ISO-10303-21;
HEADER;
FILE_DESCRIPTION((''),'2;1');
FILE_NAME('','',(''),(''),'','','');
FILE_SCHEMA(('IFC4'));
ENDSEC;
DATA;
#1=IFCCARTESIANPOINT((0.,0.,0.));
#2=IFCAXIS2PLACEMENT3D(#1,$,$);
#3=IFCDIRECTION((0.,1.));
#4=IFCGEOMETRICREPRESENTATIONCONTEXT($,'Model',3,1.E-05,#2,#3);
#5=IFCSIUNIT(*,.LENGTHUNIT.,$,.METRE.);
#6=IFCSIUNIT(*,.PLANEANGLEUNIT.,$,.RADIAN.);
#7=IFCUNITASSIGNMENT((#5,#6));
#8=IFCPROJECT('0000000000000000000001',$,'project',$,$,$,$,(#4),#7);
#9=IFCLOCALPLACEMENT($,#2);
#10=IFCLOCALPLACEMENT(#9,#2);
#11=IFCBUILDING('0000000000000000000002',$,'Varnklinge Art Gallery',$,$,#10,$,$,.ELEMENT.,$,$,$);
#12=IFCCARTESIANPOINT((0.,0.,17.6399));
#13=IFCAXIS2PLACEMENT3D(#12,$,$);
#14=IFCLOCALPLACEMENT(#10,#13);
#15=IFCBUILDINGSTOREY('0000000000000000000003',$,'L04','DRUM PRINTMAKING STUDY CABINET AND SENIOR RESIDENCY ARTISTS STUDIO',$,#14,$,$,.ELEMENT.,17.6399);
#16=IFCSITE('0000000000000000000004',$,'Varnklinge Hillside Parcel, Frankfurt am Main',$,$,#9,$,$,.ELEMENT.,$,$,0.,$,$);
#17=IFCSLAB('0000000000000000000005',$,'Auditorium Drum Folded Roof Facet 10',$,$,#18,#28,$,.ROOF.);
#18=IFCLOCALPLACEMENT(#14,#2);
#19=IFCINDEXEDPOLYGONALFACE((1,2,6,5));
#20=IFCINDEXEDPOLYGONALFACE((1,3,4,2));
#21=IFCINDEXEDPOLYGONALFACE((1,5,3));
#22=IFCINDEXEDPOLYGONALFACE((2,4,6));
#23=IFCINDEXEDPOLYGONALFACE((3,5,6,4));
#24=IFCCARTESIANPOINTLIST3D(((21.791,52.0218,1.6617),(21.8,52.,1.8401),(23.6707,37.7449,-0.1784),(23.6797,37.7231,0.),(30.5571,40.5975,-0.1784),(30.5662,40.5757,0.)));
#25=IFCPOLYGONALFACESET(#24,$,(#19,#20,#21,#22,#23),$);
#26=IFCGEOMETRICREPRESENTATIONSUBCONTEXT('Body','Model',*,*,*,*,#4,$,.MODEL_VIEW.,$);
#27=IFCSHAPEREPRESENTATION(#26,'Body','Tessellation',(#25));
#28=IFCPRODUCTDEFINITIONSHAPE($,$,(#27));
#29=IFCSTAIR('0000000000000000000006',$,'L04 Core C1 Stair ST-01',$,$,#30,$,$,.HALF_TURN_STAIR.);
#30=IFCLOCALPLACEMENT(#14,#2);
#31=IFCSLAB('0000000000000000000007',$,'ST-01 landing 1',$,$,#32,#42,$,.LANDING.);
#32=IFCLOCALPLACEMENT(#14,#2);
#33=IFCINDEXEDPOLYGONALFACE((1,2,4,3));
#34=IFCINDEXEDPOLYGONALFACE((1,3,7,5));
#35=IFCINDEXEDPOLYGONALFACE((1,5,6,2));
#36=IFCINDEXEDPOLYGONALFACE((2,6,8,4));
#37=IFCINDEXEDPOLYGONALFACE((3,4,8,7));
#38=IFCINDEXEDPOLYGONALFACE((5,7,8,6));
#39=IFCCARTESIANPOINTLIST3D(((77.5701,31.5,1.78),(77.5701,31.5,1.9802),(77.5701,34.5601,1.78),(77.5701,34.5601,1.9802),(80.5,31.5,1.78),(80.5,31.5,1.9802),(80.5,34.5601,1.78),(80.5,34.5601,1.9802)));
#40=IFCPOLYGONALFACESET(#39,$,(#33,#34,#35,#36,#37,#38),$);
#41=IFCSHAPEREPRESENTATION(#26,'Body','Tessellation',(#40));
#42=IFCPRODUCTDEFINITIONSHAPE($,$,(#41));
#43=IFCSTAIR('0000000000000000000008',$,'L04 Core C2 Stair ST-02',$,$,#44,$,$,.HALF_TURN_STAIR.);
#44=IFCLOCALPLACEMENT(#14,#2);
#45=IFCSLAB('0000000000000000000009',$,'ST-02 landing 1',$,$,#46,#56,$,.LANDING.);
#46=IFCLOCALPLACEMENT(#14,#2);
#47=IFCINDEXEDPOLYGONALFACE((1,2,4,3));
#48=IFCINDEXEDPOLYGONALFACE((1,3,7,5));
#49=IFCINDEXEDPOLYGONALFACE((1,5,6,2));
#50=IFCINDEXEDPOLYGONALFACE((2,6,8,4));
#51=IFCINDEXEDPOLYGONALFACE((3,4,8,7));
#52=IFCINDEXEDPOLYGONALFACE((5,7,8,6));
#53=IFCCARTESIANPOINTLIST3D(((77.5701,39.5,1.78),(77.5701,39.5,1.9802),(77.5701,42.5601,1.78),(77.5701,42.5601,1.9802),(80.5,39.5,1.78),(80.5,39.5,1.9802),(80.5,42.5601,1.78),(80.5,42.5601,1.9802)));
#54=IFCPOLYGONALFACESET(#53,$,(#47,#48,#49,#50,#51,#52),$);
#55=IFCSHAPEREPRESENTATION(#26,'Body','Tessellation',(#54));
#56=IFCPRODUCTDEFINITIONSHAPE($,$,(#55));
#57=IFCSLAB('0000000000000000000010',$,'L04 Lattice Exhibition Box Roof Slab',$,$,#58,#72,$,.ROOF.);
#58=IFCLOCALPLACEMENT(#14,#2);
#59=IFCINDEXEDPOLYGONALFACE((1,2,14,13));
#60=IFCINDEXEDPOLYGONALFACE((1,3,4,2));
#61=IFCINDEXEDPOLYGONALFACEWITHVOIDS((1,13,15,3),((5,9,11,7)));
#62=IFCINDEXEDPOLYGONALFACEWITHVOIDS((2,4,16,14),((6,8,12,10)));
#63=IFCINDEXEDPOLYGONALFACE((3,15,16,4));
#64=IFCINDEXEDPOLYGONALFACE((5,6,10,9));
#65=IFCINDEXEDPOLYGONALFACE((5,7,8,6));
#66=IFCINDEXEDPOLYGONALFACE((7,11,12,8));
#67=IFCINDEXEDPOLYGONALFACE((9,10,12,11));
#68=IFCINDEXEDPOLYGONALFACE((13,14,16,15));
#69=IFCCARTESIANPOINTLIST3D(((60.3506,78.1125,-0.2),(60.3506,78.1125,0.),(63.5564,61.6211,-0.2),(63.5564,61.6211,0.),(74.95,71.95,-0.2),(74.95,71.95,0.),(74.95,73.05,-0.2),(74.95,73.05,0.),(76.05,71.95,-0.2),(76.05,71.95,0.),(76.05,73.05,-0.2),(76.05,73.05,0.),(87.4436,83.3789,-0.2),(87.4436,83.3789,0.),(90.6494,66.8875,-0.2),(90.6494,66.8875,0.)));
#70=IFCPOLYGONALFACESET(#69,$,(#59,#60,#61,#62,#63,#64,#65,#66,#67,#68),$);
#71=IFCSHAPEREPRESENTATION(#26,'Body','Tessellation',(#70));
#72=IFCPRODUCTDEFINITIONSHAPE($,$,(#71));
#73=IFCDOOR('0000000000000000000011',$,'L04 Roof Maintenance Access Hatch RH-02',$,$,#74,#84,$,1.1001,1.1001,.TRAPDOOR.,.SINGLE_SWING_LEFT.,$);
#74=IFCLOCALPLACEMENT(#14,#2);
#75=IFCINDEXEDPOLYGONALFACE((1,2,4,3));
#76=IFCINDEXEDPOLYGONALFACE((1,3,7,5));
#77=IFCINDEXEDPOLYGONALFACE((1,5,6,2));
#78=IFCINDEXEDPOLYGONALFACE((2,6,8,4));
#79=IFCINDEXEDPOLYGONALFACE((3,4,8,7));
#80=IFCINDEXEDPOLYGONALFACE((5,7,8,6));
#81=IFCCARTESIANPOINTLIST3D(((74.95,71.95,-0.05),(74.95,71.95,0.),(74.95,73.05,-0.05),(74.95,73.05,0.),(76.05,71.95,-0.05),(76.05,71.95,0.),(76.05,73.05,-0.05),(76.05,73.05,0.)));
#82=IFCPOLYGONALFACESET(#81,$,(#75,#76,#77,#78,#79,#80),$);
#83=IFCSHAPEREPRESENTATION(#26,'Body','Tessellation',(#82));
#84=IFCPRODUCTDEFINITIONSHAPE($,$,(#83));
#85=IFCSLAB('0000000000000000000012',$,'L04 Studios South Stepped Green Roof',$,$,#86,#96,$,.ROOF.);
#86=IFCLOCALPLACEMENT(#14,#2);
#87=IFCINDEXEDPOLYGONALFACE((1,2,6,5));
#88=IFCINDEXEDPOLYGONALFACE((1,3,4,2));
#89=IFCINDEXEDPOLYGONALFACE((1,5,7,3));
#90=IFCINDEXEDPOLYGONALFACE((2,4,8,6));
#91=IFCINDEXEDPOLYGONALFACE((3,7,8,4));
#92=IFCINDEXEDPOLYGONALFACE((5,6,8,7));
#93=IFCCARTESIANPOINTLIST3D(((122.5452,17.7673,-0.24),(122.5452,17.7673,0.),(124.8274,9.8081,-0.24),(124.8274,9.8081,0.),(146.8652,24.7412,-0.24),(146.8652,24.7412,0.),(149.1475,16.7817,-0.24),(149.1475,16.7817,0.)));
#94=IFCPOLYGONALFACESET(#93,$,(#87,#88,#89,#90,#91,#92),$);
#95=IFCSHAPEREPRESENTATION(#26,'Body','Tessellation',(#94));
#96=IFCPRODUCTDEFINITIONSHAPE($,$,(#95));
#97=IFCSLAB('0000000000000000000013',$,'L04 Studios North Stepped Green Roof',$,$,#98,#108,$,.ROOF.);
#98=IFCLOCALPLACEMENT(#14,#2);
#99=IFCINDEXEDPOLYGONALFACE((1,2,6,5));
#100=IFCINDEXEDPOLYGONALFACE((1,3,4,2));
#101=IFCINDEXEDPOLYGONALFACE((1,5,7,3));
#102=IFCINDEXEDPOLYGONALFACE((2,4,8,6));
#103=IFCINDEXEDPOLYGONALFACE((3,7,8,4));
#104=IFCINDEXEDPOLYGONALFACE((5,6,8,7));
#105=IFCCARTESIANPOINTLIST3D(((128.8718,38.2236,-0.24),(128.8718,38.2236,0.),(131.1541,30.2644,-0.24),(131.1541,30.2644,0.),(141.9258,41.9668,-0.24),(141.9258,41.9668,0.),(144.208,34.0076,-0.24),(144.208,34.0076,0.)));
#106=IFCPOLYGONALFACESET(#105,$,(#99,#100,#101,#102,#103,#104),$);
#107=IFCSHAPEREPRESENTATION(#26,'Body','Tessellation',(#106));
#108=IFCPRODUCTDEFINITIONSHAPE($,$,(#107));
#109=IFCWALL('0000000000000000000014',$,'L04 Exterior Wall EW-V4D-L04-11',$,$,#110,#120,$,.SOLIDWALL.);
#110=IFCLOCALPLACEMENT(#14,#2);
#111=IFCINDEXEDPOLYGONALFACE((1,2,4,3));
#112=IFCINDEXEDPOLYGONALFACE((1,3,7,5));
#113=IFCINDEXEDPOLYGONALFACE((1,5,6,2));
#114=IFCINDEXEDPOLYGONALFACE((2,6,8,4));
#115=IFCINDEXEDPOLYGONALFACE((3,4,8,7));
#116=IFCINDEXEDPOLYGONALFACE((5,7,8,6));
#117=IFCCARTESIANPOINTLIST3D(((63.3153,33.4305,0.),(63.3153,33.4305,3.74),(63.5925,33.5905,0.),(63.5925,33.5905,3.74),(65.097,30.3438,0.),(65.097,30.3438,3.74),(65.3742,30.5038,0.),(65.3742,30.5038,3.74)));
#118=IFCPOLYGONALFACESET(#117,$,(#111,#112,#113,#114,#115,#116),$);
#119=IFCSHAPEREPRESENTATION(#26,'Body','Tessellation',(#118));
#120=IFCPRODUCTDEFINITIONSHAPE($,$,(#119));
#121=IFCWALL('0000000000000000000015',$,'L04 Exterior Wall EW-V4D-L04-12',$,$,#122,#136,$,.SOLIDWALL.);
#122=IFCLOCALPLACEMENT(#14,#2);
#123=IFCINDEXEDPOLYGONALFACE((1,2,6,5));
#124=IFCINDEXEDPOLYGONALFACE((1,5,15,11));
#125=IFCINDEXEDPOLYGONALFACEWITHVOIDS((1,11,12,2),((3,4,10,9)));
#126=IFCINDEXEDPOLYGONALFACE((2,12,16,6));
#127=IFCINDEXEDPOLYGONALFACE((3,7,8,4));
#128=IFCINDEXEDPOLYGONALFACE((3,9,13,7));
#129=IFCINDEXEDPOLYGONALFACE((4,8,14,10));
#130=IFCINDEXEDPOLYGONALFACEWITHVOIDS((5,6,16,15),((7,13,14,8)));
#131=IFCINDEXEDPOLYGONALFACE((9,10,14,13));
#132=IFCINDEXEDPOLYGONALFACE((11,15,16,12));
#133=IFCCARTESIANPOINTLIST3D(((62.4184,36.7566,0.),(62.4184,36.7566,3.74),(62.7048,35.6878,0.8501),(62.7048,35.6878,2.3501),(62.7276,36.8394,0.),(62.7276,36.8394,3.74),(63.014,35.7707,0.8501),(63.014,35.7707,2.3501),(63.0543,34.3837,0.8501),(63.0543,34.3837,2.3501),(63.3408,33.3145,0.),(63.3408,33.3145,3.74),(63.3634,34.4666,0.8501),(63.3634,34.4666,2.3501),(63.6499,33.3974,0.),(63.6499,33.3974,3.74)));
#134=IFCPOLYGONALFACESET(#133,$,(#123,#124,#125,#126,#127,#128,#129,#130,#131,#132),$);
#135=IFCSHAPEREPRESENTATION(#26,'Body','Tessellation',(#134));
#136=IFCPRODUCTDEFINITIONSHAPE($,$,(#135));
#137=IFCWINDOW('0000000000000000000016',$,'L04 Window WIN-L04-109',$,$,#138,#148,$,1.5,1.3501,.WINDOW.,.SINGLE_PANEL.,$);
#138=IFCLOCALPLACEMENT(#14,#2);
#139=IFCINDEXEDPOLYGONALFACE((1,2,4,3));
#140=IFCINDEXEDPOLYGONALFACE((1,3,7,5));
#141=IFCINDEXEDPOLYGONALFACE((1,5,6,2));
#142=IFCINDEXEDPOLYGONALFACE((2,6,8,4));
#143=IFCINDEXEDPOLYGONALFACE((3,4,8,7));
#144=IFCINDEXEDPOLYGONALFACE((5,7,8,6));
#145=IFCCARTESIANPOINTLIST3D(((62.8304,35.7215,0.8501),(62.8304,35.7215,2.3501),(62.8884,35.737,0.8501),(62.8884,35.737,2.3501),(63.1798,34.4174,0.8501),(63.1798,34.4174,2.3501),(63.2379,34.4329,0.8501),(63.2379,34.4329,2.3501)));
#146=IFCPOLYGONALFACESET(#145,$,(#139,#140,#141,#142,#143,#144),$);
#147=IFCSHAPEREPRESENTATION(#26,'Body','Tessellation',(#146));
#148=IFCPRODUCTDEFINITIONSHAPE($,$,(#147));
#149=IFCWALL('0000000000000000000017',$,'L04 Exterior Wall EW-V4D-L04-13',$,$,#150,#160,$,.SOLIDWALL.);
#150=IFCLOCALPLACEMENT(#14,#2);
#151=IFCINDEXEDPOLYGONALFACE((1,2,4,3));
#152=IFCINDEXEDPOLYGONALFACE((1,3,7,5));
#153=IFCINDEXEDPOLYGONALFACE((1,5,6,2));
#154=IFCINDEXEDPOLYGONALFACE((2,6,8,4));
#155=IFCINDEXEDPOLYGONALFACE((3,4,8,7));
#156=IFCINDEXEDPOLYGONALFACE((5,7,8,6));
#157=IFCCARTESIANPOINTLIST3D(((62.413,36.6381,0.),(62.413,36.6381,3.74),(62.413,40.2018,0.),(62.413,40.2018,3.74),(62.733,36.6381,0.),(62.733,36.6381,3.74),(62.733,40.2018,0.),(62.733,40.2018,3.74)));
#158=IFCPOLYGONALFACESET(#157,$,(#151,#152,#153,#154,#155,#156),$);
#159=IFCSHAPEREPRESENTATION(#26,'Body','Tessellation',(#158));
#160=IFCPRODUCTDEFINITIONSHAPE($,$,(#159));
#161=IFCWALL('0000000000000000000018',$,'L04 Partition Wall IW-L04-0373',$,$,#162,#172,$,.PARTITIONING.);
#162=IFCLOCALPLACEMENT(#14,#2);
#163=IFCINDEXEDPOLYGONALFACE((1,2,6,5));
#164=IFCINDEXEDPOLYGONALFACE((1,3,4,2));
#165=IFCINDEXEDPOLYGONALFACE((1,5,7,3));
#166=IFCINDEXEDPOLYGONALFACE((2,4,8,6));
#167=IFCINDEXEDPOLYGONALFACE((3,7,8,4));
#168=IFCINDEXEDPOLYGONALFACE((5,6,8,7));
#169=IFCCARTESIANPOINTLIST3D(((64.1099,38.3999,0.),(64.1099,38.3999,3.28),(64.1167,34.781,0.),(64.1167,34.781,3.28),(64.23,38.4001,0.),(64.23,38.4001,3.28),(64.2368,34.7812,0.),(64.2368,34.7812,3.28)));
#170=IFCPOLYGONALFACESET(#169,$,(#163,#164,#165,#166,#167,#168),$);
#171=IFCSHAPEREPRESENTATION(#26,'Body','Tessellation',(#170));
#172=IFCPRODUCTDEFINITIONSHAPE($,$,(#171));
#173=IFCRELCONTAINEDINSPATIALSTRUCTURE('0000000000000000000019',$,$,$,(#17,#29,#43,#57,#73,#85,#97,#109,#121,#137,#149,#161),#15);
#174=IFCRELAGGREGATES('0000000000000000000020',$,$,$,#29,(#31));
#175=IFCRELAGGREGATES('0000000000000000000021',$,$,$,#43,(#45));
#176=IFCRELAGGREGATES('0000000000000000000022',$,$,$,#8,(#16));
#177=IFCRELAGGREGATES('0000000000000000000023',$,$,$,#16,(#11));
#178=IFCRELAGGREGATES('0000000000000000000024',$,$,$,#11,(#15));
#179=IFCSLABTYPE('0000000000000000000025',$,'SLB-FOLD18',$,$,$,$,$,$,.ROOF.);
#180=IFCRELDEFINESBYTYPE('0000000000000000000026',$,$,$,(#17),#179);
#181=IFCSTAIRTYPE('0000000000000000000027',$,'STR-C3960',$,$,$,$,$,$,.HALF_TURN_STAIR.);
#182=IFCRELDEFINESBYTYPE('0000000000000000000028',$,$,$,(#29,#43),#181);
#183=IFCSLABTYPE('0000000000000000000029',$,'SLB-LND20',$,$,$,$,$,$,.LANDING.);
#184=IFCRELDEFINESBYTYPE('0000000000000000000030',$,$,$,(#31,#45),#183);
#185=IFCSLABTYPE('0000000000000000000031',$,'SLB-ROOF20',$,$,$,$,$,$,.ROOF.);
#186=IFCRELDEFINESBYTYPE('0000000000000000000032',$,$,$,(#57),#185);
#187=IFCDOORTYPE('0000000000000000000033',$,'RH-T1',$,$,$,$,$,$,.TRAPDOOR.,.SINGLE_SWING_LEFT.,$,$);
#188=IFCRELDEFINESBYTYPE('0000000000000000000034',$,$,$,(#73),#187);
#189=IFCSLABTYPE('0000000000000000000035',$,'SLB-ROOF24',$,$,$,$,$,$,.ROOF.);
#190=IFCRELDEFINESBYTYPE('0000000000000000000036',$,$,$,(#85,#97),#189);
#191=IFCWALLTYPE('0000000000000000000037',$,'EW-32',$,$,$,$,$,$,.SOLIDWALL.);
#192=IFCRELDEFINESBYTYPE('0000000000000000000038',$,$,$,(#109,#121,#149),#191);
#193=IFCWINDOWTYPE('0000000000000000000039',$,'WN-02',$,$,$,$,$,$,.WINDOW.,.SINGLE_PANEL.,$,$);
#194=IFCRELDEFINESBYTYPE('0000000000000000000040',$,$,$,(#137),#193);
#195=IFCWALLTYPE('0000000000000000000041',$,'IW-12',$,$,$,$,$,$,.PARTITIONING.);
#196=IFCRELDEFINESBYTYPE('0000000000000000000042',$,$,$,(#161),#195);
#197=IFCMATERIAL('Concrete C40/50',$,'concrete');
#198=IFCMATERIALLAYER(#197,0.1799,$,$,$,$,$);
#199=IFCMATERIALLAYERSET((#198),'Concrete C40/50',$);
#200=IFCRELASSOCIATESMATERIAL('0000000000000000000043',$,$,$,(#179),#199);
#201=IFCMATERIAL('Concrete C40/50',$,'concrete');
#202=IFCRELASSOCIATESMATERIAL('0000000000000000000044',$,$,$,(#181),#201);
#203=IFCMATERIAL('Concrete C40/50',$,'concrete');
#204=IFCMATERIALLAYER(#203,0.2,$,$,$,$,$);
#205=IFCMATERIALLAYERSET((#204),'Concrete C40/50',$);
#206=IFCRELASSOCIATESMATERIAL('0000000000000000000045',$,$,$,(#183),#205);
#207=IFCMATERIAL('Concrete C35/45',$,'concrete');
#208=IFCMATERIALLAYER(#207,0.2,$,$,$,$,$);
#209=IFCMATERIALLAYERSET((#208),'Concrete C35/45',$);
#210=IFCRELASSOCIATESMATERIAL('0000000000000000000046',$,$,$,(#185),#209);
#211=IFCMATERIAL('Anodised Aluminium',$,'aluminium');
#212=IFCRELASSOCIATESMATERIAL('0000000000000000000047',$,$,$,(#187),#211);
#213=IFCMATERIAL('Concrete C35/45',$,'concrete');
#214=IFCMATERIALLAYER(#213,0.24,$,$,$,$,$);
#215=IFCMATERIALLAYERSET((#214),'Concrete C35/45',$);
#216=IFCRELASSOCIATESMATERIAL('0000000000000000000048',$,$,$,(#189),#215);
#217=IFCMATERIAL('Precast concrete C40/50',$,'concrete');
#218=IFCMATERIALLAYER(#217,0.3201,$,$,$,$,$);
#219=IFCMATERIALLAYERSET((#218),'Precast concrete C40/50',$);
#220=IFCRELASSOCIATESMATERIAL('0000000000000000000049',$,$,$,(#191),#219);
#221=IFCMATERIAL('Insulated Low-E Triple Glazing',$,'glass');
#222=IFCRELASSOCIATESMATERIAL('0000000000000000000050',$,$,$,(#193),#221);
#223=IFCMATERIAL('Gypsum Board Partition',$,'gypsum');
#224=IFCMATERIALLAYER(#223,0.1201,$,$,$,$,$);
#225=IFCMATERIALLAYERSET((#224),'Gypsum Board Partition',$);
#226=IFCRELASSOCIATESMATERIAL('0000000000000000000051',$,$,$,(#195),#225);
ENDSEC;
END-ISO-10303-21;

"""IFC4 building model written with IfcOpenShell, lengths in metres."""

from ifc_helpers import new_model, si_unit, direction, frame, frame_2d, origin, origin_2d, place, context, subcontext, project, spatial, polyline, rectangle, outline, extrude, material, layer, layer_set, type_object, element, fill, aggregate, save


model = new_model("IFC4")

# Units and contexts
model_context = context("Model", 3, precision=1e-05, world=origin(), true_north=direction((0.0, 1.0)))
body_context = subcontext(model_context, "Body", "Model", "MODEL_VIEW")
ifc_project = project(units=[si_unit("LENGTHUNIT", "METRE"), si_unit("PLANEANGLEUNIT", "RADIAN")], contexts=[model_context])

# Site, building, storey
site_placement = place(None, origin())
site = spatial("IfcSite", under=ifc_project, at=site_placement, Name="Varnklinge Hillside Parcel, Frankfurt am Main", CompositionType="ELEMENT", RefElevation=0.0)
building_placement = place(site_placement, origin())
building = spatial("IfcBuilding", under=site, at=building_placement, Name="Varnklinge Art Gallery", CompositionType="ELEMENT")
storey_placement = place(building_placement, frame((0.0, 0.0, 17.6399)))
storey = spatial("IfcBuildingStorey", under=building, at=storey_placement, Name="L04", Description="DRUM PRINTMAKING STUDY CABINET AND SENIOR RESIDENCY ARTISTS STUDIO", CompositionType="ELEMENT", Elevation=17.6399)

# Slab
ifc_material_1 = material(Name="Concrete C40/50", Category="concrete")
ifc_layer_1 = layer(ifc_material_1, 0.1799)
ifc_layer_set_1 = layer_set([ifc_layer_1], Name="Concrete C40/50")
slab_type_1 = type_object("IfcSlabType", Name="SLB-FOLD18", PredefinedType="ROOF", material=ifc_layer_set_1)
slab_1_placement = place(storey_placement, frame((23.6797, 37.7231, 0.0), z_axis=(0.050189, -0.121165, 0.991363), x_axis=(0.923876, 0.382691, 0.0)))
element("IfcSlab", 1, at=slab_1_placement, inside=storey, type_object=slab_type_1, Name="Auditorium Drum Folded Roof Facet 10", PredefinedType="ROOF", context=body_context, shape_type="SweptSolid", body=[
    extrude(outline(polyline([(0.0, 0.0), (7.4539, 0.0), (3.7271, 14.0306), (0.0, 0.0)])), origin(), (0.0, 0.0, -1.0), 0.1799),
])

# Stairs, slabs
ifc_material_2 = material(Name="Concrete C40/50", Category="concrete")
stair_type = type_object("IfcStairType", Name="STR-C3960", PredefinedType="HALF_TURN_STAIR", material=ifc_material_2)
stair_1_placement = place(storey_placement, origin())
stair_1 = element("IfcStair", 2, at=stair_1_placement, inside=storey, type_object=stair_type, Name="L04 Core C1 Stair ST-01", PredefinedType="HALF_TURN_STAIR")
ifc_material_3 = material(Name="Concrete C40/50", Category="concrete")
ifc_layer_2 = layer(ifc_material_3, 0.2)
ifc_layer_set_2 = layer_set([ifc_layer_2], Name="Concrete C40/50")
slab_type_2 = type_object("IfcSlabType", Name="SLB-LND20", PredefinedType="LANDING", material=ifc_layer_set_2)
slab_2_placement = place(storey_placement, frame((0.0, 0.0, 1.78)))
slab_2 = element("IfcSlab", 3, at=slab_2_placement, type_object=slab_type_2, Name="ST-01 landing 1", PredefinedType="LANDING", context=body_context, shape_type="SweptSolid", body=[
    extrude(outline(polyline([(77.5701, 31.5), (80.5, 31.5), (80.5, 34.5601), (77.5701, 34.5601), (77.5701, 31.5)])), origin(), (0.0, 0.0, 1.0), 0.2002),
])
aggregate(stair_1, [slab_2])
stair_2_placement = place(storey_placement, origin())
stair_2 = element("IfcStair", 4, at=stair_2_placement, inside=storey, type_object=stair_type, Name="L04 Core C2 Stair ST-02", PredefinedType="HALF_TURN_STAIR")
slab_3_placement = place(storey_placement, frame((0.0, 0.0, 1.78)))
slab_3 = element("IfcSlab", 5, at=slab_3_placement, type_object=slab_type_2, Name="ST-02 landing 1", PredefinedType="LANDING", context=body_context, shape_type="SweptSolid", body=[
    extrude(outline(polyline([(77.5701, 39.5), (80.5, 39.5), (80.5, 42.5601), (77.5701, 42.5601), (77.5701, 39.5)])), origin(), (0.0, 0.0, 1.0), 0.2002),
])
aggregate(stair_2, [slab_3])

# Slab, opening, door
ifc_material_4 = material(Name="Concrete C35/45", Category="concrete")
ifc_layer_3 = layer(ifc_material_4, 0.2)
ifc_layer_set_3 = layer_set([ifc_layer_3], Name="Concrete C35/45")
slab_type_3 = type_object("IfcSlabType", Name="SLB-ROOF20", PredefinedType="ROOF", material=ifc_layer_set_3)
slab_4_placement = place(storey_placement, frame((0.0, 0.0, -0.2)))
slab_4 = element("IfcSlab", 6, at=slab_4_placement, inside=storey, type_object=slab_type_3, Name="L04 Lattice Exhibition Box Roof Slab", PredefinedType="ROOF", context=body_context, shape_type="SweptSolid", body=[
    extrude(outline(polyline([(63.5564, 61.6211), (90.6494, 66.8875), (87.4436, 83.3789), (60.3506, 78.1125), (63.5564, 61.6211)]), holes=[polyline([(74.95, 71.95), (74.95, 73.05), (76.05, 73.05), (76.05, 71.95), (74.95, 71.95)])]), origin(), (0.0, 0.0, 1.0), 0.2),
])
opening_1_placement = place(slab_4_placement, frame((75.5, 72.5, 0.0)))
opening_1 = element("IfcOpeningElement", 7, at=opening_1_placement, cuts=slab_4, PredefinedType="OPENING", context=body_context, shape_type="SweptSolid", body=[
    extrude(rectangle(XDim=1.1001, YDim=1.1001, at=origin_2d()), origin(), (0.0, 0.0, 1.0), 0.2),
])
ifc_material_5 = material(Name="Anodised Aluminium", Category="aluminium")
door_type = type_object("IfcDoorType", Name="RH-T1", OperationType="SINGLE_SWING_LEFT", PredefinedType="TRAPDOOR", material=ifc_material_5)
door_placement = place(opening_1_placement, frame((0.0, 0.0, 0.1499)))
door = element("IfcDoor", 8, at=door_placement, inside=storey, type_object=door_type, Name="L04 Roof Maintenance Access Hatch RH-02", OperationType="SINGLE_SWING_LEFT", OverallHeight=1.1001, OverallWidth=1.1001, PredefinedType="TRAPDOOR", context=body_context, shape_type="SweptSolid", body=[
    extrude(rectangle(XDim=1.1001, YDim=1.1001, at=origin_2d()), origin(), (0.0, 0.0, 1.0), 0.05),
])
fill(opening_1, door)

# Slabs
ifc_material_6 = material(Name="Concrete C35/45", Category="concrete")
ifc_layer_4 = layer(ifc_material_6, 0.24)
ifc_layer_set_4 = layer_set([ifc_layer_4], Name="Concrete C35/45")
slab_type_4 = type_object("IfcSlabType", Name="SLB-ROOF24", PredefinedType="ROOF", material=ifc_layer_set_4)
slab_5_placement = place(storey_placement, frame((0.0, 0.0, -0.24)))
element("IfcSlab", 9, at=slab_5_placement, inside=storey, type_object=slab_type_4, Name="L04 Studios South Stepped Green Roof", PredefinedType="ROOF", context=body_context, shape_type="SweptSolid", body=[
    extrude(outline(polyline([(149.1475, 16.7817), (146.8652, 24.7412), (122.5452, 17.7673), (124.8274, 9.8081), (149.1475, 16.7817)])), origin(), (0.0, 0.0, 1.0), 0.24),
])
slab_6_placement = place(storey_placement, frame((0.0, 0.0, -0.24)))
element("IfcSlab", 10, at=slab_6_placement, inside=storey, type_object=slab_type_4, Name="L04 Studios North Stepped Green Roof", PredefinedType="ROOF", context=body_context, shape_type="SweptSolid", body=[
    extrude(outline(polyline([(144.208, 34.0076), (141.9258, 41.9668), (128.8718, 38.2236), (131.1541, 30.2644), (144.208, 34.0076)])), origin(), (0.0, 0.0, 1.0), 0.24),
])

# Wall
ifc_material_7 = material(Name="Precast concrete C40/50", Category="concrete")
ifc_layer_5 = layer(ifc_material_7, 0.3201)
ifc_layer_set_5 = layer_set([ifc_layer_5], Name="Precast concrete C40/50")
wall_type_1 = type_object("IfcWallType", Name="EW-32", PredefinedType="SOLIDWALL", material=ifc_layer_set_5)
wall_1_placement = place(storey_placement, frame((65.2356, 30.4238, 0.0), z_axis=(0.0, 0.0, 1.0), x_axis=(-0.499926, 0.866068, 0.0)))
element("IfcWall", 11, at=wall_1_placement, inside=storey, type_object=wall_type_1, Name="L04 Exterior Wall EW-V4D-L04-11", PredefinedType="SOLIDWALL", context=body_context, shape_type="SweptSolid", body=[
    extrude(rectangle(XDim=3.564, YDim=0.3201, at=frame_2d((1.782, 0.0))), origin(), (0.0, 0.0, 1.0), 3.74),
])

# Wall, opening, window
wall_2_placement = place(storey_placement, frame((63.4954, 33.356, 0.0), z_axis=(0.0, 0.0, 1.0), x_axis=(-0.258831, 0.965923, 0.0)))
wall_2 = element("IfcWall", 12, at=wall_2_placement, inside=storey, type_object=wall_type_1, Name="L04 Exterior Wall EW-V4D-L04-12", PredefinedType="SOLIDWALL", context=body_context, shape_type="SweptSolid", body=[
    extrude(rectangle(XDim=3.5635, YDim=0.3201, at=frame_2d((1.7817, 0.0))), origin(), (0.0, 0.0, 1.0), 3.74),
])
opening_2_placement = place(wall_2_placement, frame((1.1069, 0.0, 0.8501)))
opening_2 = element("IfcOpeningElement", 13, at=opening_2_placement, cuts=wall_2, PredefinedType="OPENING", context=body_context, shape_type="SweptSolid", body=[
    extrude(rectangle(XDim=1.3501, YDim=1.5, at=frame_2d((0.675, 0.75))), frame((0.0, 0.1702, 0.0), z_axis=(0.0, -1.0, 0.0), x_axis=(1.0, 0.0, 0.0)), (0.0, 0.0, 1.0), 0.3401),
])
ifc_material_8 = material(Name="Insulated Low-E Triple Glazing", Category="glass")
window_type = type_object("IfcWindowType", Name="WN-02", PartitioningType="SINGLE_PANEL", PredefinedType="WINDOW", material=ifc_material_8)
window_placement = place(opening_2_placement, origin())
window = element("IfcWindow", 14, at=window_placement, inside=storey, type_object=window_type, Name="L04 Window WIN-L04-109", OverallHeight=1.5, OverallWidth=1.3501, PartitioningType="SINGLE_PANEL", PredefinedType="WINDOW", context=body_context, shape_type="SweptSolid", body=[
    extrude(rectangle(XDim=1.3501, YDim=1.5, at=frame_2d((0.675, 0.75))), frame((0.0, 0.03, 0.0), z_axis=(0.0, -1.0, 0.0), x_axis=(1.0, 0.0, 0.0)), (0.0, 0.0, 1.0), 0.0601),
])
fill(opening_2, window)

# Walls
wall_3_placement = place(storey_placement, frame((62.573, 36.6382, 0.0), z_axis=(0.0, 0.0, 1.0), x_axis=(0.0, 1.0, 0.0)))
element("IfcWall", 15, at=wall_3_placement, inside=storey, type_object=wall_type_1, Name="L04 Exterior Wall EW-V4D-L04-13", PredefinedType="SOLIDWALL", context=body_context, shape_type="SweptSolid", body=[
    extrude(rectangle(XDim=3.5637, YDim=0.3201, at=frame_2d((1.7817, 0.0))), origin(), (0.0, 0.0, 1.0), 3.74),
])
ifc_material_9 = material(Name="Gypsum Board Partition", Category="gypsum")
ifc_layer_6 = layer(ifc_material_9, 0.1201)
ifc_layer_set_6 = layer_set([ifc_layer_6], Name="Gypsum Board Partition")
wall_type_2 = type_object("IfcWallType", Name="IW-12", PredefinedType="PARTITIONING", material=ifc_layer_set_6)
wall_4_placement = place(storey_placement, frame((64.1768, 34.781, 0.0), z_axis=(0.0, 0.0, 1.0), x_axis=(-0.001889, 0.999998, 0.0)))
element("IfcWall", 16, at=wall_4_placement, inside=storey, type_object=wall_type_2, Name="L04 Partition Wall IW-L04-0373", PredefinedType="PARTITIONING", context=body_context, shape_type="SweptSolid", body=[
    extrude(rectangle(XDim=3.6189, YDim=0.1201, at=frame_2d((1.8096, 0.0))), origin(), (0.0, 0.0, 1.0), 3.28),
])

save(model, "model.ifc")
